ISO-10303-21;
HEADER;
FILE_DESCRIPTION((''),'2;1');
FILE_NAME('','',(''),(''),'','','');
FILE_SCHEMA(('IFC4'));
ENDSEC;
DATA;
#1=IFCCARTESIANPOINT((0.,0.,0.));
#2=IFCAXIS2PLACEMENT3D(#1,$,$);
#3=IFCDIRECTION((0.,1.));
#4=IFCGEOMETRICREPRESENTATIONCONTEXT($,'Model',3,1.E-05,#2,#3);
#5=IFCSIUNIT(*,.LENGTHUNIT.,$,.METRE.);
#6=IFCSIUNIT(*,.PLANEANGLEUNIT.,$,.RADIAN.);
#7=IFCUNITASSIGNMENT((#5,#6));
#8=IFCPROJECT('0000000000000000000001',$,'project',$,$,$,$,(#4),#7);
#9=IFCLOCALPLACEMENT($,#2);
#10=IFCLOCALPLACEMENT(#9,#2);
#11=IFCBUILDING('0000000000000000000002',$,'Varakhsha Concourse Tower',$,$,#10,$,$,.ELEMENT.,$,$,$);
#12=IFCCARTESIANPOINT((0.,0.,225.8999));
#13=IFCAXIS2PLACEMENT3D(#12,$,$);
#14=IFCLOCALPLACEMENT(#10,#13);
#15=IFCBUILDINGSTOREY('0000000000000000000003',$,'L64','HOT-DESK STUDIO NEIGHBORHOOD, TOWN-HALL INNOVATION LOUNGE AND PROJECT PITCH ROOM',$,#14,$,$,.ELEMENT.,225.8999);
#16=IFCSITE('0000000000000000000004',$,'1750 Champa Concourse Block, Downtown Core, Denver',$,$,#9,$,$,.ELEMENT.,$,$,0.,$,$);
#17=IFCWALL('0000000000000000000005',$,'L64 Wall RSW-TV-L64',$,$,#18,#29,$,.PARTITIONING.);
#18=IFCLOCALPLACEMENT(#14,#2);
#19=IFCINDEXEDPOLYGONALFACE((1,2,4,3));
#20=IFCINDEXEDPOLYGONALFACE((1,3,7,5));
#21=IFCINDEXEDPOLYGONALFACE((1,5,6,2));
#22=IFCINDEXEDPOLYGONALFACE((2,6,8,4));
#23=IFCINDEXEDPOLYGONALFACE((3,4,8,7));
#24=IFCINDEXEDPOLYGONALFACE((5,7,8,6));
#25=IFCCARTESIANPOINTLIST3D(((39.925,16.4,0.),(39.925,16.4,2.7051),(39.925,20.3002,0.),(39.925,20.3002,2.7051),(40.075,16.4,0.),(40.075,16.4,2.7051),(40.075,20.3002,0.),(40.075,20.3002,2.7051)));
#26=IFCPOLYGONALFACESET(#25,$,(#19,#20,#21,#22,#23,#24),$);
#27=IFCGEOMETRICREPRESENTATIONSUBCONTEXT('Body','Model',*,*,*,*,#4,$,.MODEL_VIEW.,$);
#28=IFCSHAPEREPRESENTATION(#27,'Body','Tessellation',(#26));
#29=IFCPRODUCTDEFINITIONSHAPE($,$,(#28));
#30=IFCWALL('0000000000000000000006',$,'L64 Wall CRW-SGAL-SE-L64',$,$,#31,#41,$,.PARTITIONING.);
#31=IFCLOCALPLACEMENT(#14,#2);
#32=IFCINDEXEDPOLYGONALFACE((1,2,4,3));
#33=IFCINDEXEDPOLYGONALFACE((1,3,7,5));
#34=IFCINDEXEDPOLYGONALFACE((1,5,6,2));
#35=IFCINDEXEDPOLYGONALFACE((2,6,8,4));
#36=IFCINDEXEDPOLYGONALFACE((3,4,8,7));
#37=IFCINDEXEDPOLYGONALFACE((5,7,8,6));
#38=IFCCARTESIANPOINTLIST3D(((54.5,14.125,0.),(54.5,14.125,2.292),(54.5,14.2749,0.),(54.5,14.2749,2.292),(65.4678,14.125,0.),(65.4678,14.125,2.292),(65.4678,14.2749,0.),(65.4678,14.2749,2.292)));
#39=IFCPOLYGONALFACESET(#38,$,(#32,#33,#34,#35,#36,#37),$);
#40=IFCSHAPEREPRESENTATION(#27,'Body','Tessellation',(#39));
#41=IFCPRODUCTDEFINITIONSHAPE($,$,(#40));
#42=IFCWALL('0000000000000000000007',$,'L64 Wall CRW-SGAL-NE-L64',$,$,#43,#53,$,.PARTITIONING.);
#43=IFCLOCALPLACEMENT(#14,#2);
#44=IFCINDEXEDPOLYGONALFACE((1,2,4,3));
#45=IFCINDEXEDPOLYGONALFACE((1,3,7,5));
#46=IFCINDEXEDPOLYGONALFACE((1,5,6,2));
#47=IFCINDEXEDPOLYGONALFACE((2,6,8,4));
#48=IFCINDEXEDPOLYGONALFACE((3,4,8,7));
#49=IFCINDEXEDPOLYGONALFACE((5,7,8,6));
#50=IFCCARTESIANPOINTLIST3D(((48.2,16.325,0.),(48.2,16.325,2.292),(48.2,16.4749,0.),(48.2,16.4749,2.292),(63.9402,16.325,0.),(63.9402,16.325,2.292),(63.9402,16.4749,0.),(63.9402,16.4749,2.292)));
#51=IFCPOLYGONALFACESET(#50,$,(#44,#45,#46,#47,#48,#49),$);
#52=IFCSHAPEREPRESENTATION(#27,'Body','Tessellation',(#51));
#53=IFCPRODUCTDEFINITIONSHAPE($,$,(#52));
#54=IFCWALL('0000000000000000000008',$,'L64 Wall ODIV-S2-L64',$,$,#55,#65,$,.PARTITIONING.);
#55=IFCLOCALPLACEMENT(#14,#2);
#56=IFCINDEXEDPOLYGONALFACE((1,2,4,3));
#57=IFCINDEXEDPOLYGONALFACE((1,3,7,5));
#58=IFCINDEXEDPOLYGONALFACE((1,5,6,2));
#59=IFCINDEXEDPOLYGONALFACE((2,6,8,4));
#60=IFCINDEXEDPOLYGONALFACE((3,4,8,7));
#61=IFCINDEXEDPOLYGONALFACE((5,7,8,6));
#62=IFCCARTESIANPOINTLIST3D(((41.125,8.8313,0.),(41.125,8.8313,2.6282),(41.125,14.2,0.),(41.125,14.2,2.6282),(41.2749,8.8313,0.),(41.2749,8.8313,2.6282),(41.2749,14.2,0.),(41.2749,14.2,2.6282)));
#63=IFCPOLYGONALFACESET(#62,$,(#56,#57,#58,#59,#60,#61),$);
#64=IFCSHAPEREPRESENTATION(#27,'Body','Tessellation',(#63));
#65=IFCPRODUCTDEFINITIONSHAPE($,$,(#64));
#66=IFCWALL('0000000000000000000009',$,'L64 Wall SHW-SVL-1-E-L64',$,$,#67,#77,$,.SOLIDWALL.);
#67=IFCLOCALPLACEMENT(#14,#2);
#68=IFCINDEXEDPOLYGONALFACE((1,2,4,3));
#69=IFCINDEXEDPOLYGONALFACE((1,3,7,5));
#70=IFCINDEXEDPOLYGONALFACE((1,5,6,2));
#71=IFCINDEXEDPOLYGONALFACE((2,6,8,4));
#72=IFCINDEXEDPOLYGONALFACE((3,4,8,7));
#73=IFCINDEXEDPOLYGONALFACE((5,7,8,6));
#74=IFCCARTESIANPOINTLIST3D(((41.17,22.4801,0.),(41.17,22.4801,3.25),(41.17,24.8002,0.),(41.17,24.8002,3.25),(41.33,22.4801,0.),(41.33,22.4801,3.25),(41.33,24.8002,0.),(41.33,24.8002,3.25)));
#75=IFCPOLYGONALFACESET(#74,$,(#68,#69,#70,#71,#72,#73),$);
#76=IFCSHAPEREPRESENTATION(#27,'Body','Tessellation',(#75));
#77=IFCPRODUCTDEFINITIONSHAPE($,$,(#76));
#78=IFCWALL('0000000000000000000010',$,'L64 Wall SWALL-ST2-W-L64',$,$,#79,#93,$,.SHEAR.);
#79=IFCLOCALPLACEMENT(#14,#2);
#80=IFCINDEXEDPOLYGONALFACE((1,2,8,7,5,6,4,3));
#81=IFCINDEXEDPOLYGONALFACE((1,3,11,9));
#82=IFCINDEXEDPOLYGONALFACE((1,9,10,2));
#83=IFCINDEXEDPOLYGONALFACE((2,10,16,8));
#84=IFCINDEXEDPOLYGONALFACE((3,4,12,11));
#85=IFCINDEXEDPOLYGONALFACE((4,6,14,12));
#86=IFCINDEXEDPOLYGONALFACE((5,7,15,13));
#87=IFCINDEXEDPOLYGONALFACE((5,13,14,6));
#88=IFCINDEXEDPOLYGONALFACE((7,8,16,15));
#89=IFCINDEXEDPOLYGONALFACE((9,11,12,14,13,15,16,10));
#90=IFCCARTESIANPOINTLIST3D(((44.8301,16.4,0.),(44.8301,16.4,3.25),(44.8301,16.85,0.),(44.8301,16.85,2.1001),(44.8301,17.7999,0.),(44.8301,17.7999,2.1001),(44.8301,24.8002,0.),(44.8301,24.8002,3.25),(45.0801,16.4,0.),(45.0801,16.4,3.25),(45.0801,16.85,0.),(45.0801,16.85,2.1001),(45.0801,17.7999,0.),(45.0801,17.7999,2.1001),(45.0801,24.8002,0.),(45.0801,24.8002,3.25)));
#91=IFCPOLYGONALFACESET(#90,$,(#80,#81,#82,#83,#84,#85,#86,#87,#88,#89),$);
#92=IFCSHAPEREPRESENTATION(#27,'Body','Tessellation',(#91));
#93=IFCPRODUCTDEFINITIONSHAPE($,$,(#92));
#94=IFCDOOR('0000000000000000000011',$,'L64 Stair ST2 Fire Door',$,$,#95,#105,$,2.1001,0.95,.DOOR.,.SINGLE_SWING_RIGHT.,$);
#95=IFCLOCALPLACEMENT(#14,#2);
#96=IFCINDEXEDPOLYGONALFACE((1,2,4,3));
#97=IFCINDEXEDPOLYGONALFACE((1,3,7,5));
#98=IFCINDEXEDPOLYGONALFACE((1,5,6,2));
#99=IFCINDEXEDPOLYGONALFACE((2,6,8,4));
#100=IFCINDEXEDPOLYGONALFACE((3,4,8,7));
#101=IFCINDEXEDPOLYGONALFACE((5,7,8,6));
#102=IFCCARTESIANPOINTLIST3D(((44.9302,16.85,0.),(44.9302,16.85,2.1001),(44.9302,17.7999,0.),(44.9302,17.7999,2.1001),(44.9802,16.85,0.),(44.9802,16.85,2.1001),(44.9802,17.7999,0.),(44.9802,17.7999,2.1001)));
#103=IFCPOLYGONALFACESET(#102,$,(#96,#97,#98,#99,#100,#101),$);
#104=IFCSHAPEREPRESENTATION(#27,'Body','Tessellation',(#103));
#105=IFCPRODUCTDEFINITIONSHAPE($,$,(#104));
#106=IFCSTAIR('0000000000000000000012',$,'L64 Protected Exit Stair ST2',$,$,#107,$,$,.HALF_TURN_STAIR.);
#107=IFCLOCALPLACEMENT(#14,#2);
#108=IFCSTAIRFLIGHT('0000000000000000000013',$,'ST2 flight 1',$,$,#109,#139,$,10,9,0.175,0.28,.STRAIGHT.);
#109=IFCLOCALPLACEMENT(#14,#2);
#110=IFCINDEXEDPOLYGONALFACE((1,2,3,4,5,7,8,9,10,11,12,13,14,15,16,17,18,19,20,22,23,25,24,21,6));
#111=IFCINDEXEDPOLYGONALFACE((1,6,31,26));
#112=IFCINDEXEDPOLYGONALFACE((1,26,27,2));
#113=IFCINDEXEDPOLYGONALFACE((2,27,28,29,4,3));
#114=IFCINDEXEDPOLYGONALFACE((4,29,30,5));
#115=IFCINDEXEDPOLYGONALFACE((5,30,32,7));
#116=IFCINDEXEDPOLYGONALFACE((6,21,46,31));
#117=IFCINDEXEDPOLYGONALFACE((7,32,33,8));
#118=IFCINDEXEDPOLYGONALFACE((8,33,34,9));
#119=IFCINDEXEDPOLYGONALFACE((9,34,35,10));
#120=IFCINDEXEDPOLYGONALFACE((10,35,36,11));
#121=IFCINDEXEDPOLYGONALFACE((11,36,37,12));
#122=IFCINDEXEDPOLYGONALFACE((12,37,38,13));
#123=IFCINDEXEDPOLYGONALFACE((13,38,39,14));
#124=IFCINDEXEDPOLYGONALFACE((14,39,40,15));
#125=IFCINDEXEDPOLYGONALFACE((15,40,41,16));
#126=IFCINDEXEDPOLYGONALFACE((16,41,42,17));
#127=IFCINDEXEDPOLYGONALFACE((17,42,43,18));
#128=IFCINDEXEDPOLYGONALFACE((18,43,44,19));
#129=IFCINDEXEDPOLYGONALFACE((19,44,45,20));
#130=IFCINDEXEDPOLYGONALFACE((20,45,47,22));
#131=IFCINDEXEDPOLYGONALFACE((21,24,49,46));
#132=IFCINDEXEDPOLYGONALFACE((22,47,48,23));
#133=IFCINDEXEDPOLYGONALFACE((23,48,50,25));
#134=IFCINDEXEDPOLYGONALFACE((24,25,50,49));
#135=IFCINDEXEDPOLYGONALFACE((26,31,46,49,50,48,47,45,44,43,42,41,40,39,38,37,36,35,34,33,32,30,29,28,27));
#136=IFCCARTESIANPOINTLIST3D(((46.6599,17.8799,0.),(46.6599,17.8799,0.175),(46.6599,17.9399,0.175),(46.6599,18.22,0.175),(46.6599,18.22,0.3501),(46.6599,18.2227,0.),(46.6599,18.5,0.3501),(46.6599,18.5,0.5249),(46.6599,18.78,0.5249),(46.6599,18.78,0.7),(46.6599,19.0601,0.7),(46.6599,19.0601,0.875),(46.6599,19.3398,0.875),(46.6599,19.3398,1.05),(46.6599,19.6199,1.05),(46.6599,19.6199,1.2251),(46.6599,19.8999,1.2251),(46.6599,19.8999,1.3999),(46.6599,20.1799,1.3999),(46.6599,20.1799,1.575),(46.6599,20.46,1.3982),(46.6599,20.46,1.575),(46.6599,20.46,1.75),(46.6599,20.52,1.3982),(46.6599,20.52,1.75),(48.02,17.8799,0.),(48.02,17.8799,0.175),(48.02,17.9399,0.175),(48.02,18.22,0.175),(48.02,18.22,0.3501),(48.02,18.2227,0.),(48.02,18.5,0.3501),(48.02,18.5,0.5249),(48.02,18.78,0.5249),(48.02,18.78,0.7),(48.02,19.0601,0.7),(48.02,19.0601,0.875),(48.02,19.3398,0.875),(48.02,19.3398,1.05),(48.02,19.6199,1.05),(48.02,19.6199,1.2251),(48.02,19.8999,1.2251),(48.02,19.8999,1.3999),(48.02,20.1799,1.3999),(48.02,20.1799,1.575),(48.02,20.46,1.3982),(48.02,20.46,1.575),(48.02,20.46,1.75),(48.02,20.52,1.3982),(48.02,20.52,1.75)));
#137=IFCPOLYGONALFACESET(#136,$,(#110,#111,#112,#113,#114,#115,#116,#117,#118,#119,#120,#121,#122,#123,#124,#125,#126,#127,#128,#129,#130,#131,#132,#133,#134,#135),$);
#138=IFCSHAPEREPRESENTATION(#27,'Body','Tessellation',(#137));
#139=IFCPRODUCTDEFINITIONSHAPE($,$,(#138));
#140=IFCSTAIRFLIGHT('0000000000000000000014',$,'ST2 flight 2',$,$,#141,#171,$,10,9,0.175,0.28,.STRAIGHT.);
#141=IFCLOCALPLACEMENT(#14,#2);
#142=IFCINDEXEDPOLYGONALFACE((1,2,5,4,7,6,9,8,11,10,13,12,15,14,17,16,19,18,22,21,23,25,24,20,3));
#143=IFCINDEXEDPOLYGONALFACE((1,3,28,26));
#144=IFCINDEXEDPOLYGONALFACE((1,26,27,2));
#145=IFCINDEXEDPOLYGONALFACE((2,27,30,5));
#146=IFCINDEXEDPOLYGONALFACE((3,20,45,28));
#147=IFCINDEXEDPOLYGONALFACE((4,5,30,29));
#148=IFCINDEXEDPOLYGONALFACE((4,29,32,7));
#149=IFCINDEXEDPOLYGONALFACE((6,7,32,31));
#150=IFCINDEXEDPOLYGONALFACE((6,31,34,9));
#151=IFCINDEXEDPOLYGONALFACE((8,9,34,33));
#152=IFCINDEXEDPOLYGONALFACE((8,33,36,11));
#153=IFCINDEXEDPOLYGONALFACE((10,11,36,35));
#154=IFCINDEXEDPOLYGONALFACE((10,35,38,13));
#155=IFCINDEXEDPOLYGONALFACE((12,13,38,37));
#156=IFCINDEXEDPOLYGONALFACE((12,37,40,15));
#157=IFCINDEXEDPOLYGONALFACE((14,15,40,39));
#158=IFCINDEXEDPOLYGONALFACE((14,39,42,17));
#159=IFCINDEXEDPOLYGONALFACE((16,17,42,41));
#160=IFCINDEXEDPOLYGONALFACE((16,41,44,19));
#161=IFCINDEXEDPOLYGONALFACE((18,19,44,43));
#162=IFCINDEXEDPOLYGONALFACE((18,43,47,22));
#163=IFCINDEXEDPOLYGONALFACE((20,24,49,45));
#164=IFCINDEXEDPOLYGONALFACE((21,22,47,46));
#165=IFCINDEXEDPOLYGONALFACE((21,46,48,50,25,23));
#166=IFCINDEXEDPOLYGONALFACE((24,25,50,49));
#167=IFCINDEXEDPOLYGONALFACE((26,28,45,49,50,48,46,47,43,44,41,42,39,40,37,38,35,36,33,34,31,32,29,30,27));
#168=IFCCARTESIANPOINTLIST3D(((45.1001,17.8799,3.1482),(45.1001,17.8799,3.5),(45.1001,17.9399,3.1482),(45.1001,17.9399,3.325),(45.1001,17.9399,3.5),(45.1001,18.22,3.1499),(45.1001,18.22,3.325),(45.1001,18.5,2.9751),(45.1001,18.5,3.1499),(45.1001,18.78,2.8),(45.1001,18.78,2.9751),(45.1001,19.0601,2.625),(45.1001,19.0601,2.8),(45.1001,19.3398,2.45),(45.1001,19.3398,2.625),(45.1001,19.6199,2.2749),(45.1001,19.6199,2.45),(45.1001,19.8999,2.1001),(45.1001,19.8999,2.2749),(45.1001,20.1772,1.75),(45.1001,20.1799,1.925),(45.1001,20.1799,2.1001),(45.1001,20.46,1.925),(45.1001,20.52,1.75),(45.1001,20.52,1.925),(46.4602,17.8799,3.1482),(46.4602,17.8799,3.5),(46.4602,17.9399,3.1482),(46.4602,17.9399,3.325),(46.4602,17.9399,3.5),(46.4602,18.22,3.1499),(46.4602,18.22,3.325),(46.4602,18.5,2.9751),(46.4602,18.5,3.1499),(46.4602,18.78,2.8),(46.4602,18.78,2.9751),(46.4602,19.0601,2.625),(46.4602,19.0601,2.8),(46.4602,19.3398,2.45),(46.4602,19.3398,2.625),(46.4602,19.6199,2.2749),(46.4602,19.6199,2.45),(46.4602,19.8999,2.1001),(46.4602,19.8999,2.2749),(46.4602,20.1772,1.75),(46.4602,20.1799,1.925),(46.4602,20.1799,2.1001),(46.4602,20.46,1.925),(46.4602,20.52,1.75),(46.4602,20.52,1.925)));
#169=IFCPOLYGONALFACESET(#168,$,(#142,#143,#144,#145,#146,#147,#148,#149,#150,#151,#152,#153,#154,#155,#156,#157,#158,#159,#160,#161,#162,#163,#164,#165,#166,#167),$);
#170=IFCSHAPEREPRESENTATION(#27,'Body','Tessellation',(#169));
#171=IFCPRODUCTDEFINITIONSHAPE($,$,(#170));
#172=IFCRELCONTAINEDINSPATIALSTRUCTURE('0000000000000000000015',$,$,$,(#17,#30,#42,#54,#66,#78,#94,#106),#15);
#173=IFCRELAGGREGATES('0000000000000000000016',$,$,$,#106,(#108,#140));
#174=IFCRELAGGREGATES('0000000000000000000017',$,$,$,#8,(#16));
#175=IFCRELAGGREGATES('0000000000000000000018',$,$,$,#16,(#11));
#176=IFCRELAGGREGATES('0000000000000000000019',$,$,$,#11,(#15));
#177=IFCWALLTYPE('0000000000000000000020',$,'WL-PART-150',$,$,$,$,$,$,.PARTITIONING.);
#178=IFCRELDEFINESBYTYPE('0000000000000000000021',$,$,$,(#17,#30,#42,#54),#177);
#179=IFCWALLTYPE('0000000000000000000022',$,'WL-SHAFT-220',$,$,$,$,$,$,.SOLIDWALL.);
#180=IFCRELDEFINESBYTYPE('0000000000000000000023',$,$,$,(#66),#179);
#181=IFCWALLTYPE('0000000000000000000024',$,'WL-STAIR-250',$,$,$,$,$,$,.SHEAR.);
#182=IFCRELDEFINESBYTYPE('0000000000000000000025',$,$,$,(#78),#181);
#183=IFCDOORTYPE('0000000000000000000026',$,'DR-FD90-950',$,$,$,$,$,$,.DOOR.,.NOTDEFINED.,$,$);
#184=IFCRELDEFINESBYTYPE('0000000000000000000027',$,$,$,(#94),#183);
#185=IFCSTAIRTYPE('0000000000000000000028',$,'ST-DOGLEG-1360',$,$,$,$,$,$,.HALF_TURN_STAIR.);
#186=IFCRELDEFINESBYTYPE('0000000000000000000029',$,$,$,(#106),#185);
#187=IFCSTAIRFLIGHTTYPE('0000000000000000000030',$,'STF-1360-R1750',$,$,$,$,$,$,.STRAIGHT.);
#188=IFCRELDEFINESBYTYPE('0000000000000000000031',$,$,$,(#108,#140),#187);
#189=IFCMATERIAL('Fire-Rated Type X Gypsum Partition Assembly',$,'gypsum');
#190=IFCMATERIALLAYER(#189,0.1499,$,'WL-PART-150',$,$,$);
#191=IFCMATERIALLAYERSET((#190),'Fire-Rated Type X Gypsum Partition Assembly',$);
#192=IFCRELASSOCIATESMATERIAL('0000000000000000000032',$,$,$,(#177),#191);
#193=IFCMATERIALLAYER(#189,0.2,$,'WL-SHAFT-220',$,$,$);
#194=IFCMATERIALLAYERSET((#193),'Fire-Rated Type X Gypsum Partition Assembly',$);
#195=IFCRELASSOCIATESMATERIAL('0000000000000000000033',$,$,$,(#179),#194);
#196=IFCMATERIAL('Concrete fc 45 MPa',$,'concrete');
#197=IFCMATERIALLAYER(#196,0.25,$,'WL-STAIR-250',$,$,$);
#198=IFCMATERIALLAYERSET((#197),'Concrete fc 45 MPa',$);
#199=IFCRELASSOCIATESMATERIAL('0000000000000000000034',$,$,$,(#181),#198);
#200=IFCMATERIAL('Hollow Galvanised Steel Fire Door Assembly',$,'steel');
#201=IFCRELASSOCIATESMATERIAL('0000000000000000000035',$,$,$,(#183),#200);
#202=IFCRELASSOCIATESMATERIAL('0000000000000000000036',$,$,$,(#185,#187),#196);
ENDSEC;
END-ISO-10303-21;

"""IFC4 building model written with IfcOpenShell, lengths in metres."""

from ifc_helpers import new_model, si_unit, direction, frame, frame_2d, origin, place, context, subcontext, project, spatial, polyline, rectangle, outline, extrude, material, layer, layer_set, type_object, element, fill, aggregate, save


model = new_model("IFC4")

# Units and contexts
model_context = context("Model", 3, precision=1e-05, world=origin(), true_north=direction((0.0, 1.0)))
body_context = subcontext(model_context, "Body", "Model", "MODEL_VIEW")
ifc_project = project(units=[si_unit("LENGTHUNIT", "METRE"), si_unit("PLANEANGLEUNIT", "RADIAN")], contexts=[model_context])

# Site, building, storey
site_placement = place(None, origin())
site = spatial("IfcSite", under=ifc_project, at=site_placement, Name="1750 Champa Concourse Block, Downtown Core, Denver", CompositionType="ELEMENT", RefElevation=0.0)
building_placement = place(site_placement, origin())
building = spatial("IfcBuilding", under=site, at=building_placement, Name="Varakhsha Concourse Tower", CompositionType="ELEMENT")
storey_placement = place(building_placement, frame((0.0, 0.0, 225.8999)))
storey = spatial("IfcBuildingStorey", under=building, at=storey_placement, Name="L64", Description="HOT-DESK STUDIO NEIGHBORHOOD, TOWN-HALL INNOVATION LOUNGE AND PROJECT PITCH ROOM", CompositionType="ELEMENT", Elevation=225.8999)

# Shared definitions
ifc_material_1 = material(Name="Fire-Rated Type X Gypsum Partition Assembly", Category="gypsum")
ifc_material_2 = material(Name="Hollow Galvanised Steel Fire Door Assembly", Category="steel")

# Walls
ifc_layer_1 = layer(ifc_material_1, 0.1499, Name="WL-PART-150")
ifc_layer_set_1 = layer_set([ifc_layer_1], Name="Fire-Rated Type X Gypsum Partition Assembly")
wall_type_1 = type_object("IfcWallType", Name="WL-PART-150", PredefinedType="PARTITIONING", material=ifc_layer_set_1)
wall_1_placement = place(storey_placement, frame((40.0, 16.3999, 0.0), z_axis=(0.0, 0.0, 1.0), x_axis=(0.0, 1.0, 0.0)))
element("IfcWall", 1, at=wall_1_placement, inside=storey, type_object=wall_type_1, Name="L64 Wall RSW-TV-L64", PredefinedType="PARTITIONING", context=body_context, shape_type="SweptSolid", body=[
    extrude(rectangle(XDim=3.9001, YDim=0.1499, at=frame_2d((1.9502, 0.0))), origin(), (0.0, 0.0, 1.0), 2.7051),
])
wall_2_placement = place(storey_placement, frame((54.5, 14.2, 0.0), z_axis=(0.0, 0.0, 1.0), x_axis=(1.0, 0.0, 0.0)))
element("IfcWall", 2, at=wall_2_placement, inside=storey, type_object=wall_type_1, Name="L64 Wall CRW-SGAL-SE-L64", PredefinedType="PARTITIONING", context=body_context, shape_type="SweptSolid", body=[
    extrude(rectangle(XDim=10.9678, YDim=0.1499, at=frame_2d((5.4839, 0.0))), origin(), (0.0, 0.0, 1.0), 2.292),
])
wall_3_placement = place(storey_placement, frame((48.2, 16.3999, 0.0), z_axis=(0.0, 0.0, 1.0), x_axis=(1.0, 0.0, 0.0)))
element("IfcWall", 3, at=wall_3_placement, inside=storey, type_object=wall_type_1, Name="L64 Wall CRW-SGAL-NE-L64", PredefinedType="PARTITIONING", context=body_context, shape_type="SweptSolid", body=[
    extrude(rectangle(XDim=15.7402, YDim=0.1499, at=frame_2d((7.8701, 0.0))), origin(), (0.0, 0.0, 1.0), 2.292),
])
wall_4_placement = place(storey_placement, frame((41.2, 8.8313, 0.0), z_axis=(0.0, 0.0, 1.0), x_axis=(0.0, 1.0, 0.0)))
element("IfcWall", 4, at=wall_4_placement, inside=storey, type_object=wall_type_1, Name="L64 Wall ODIV-S2-L64", PredefinedType="PARTITIONING", context=body_context, shape_type="SweptSolid", body=[
    extrude(rectangle(XDim=5.3687, YDim=0.1499, at=frame_2d((2.6843, 0.0))), origin(), (0.0, 0.0, 1.0), 2.6282),
])
ifc_layer_2 = layer(ifc_material_1, 0.2, Name="WL-SHAFT-220")
ifc_layer_set_2 = layer_set([ifc_layer_2], Name="Fire-Rated Type X Gypsum Partition Assembly")
wall_type_2 = type_object("IfcWallType", Name="WL-SHAFT-220", PredefinedType="SOLIDWALL", material=ifc_layer_set_2)
wall_5_placement = place(storey_placement, frame((41.25, 22.48, 0.0), z_axis=(0.0, 0.0, 1.0), x_axis=(0.0, 1.0, 0.0)))
element("IfcWall", 5, at=wall_5_placement, inside=storey, type_object=wall_type_2, Name="L64 Wall SHW-SVL-1-E-L64", PredefinedType="SOLIDWALL", context=body_context, shape_type="SweptSolid", body=[
    extrude(rectangle(XDim=2.3201, YDim=0.1599, at=frame_2d((1.1602, 0.0))), origin(), (0.0, 0.0, 1.0), 3.25),
])

# Wall, opening, door
ifc_material_3 = material(Name="Concrete fc 45 MPa", Category="concrete")
ifc_layer_3 = layer(ifc_material_3, 0.25, Name="WL-STAIR-250")
ifc_layer_set_3 = layer_set([ifc_layer_3], Name="Concrete fc 45 MPa")
wall_type_3 = type_object("IfcWallType", Name="WL-STAIR-250", PredefinedType="SHEAR", material=ifc_layer_set_3)
wall_6_placement = place(storey_placement, frame((44.9551, 16.3999, 0.0), z_axis=(0.0, 0.0, 1.0), x_axis=(0.0, 1.0, 0.0)))
wall_6 = element("IfcWall", 6, at=wall_6_placement, inside=storey, type_object=wall_type_3, Name="L64 Wall SWALL-ST2-W-L64", PredefinedType="SHEAR", context=body_context, shape_type="SweptSolid", body=[
    extrude(rectangle(XDim=8.4001, YDim=0.25, at=frame_2d((4.2002, 0.0))), origin(), (0.0, 0.0, 1.0), 3.25),
])
opening_1_placement = place(wall_6_placement, frame((0.45, 0.0, 0.0)))
opening_1 = element("IfcOpeningElement", 7, at=opening_1_placement, cuts=wall_6, PredefinedType="OPENING", context=body_context, shape_type="SweptSolid", body=[
    extrude(rectangle(XDim=0.95, YDim=2.1001, at=frame_2d((0.4751, 1.05))), frame((0.0, 0.135, 0.0), z_axis=(0.0, -1.0, 0.0), x_axis=(1.0, 0.0, 0.0)), (0.0, 0.0, 1.0), 0.27),
])
door_type_1 = type_object("IfcDoorType", Name="DR-FD90-950", OperationType="NOTDEFINED", PredefinedType="DOOR", material=ifc_material_2)
door_1_placement = place(opening_1_placement, origin())
door_1 = element("IfcDoor", 8, at=door_1_placement, inside=storey, type_object=door_type_1, Name="L64 Stair ST2 Fire Door", OperationType="SINGLE_SWING_RIGHT", OverallHeight=2.1001, OverallWidth=0.95, PredefinedType="DOOR", context=body_context, shape_type="SweptSolid", body=[
    extrude(rectangle(XDim=0.95, YDim=2.1001, at=frame_2d((0.4751, 1.05))), frame((0.0, 0.0249, 0.0), z_axis=(0.0, -1.0, 0.0), x_axis=(1.0, 0.0, 0.0)), (0.0, 0.0, 1.0), 0.05),
])
fill(opening_1, door_1)

# Stair, stair flights
stair_type = type_object("IfcStairType", Name="ST-DOGLEG-1360", PredefinedType="HALF_TURN_STAIR", material=ifc_material_3)
stair_placement = place(storey_placement, origin())
stair = element("IfcStair", 9, at=stair_placement, inside=storey, type_object=stair_type, Name="L64 Protected Exit Stair ST2", PredefinedType="HALF_TURN_STAIR")
stair_flight_type = type_object("IfcStairFlightType", Name="STF-1360-R1750", PredefinedType="STRAIGHT", material=ifc_material_3)
stair_flight_1_placement = place(storey_placement, frame((47.3401, 17.9399, 0.0), z_axis=(0.0, 0.0, 1.0), x_axis=(0.0, 1.0, 0.0)))
stair_flight_1 = element("IfcStairFlight", 10, at=stair_flight_1_placement, type_object=stair_flight_type, Name="ST2 flight 1", NumberOfRisers=10, NumberOfTreads=9, PredefinedType="STRAIGHT", RiserHeight=0.175, TreadLength=0.28, context=body_context, shape_type="SweptSolid", body=[
    extrude(outline(polyline([(-0.0601, 0.0), (-0.0601, 0.175), (0.0, 0.175), (0.28, 0.175), (0.28, 0.3501), (0.5601, 0.3501), (0.5601, 0.5249), (0.8401, 0.5249), (0.8401, 0.7), (1.1201, 0.7), (1.1201, 0.875), (1.3999, 0.875), (1.3999, 1.05), (1.6799, 1.05), (1.6799, 1.2251), (1.96, 1.2251), (1.96, 1.3999), (2.24, 1.3999), (2.24, 1.575), (2.52, 1.575), (2.52, 1.75), (2.5801, 1.75), (2.5801, 1.3982), (2.52, 1.3982), (0.2827, 0.0), (-0.0601, 0.0)])), frame((0.0, 0.6802, 0.0), z_axis=(0.0, -1.0, 0.0), x_axis=(1.0, 0.0, 0.0)), (0.0, 0.0, 1.0), 1.3601),
])
stair_flight_2_placement = place(storey_placement, frame((45.78, 20.46, 1.75), z_axis=(0.0, 0.0, 1.0), x_axis=(0.0, -1.0, 0.0)))
stair_flight_2 = element("IfcStairFlight", 11, at=stair_flight_2_placement, type_object=stair_flight_type, Name="ST2 flight 2", NumberOfRisers=10, NumberOfTreads=9, PredefinedType="STRAIGHT", RiserHeight=0.175, TreadLength=0.28, context=body_context, shape_type="SweptSolid", body=[
    extrude(outline(polyline([(-0.0601, 0.0), (-0.0601, 0.175), (0.0, 0.175), (0.28, 0.175), (0.28, 0.3501), (0.5601, 0.3501), (0.5601, 0.5249), (0.8401, 0.5249), (0.8401, 0.7), (1.1201, 0.7), (1.1201, 0.875), (1.3999, 0.875), (1.3999, 1.05), (1.6799, 1.05), (1.6799, 1.2251), (1.96, 1.2251), (1.96, 1.3999), (2.24, 1.3999), (2.24, 1.575), (2.52, 1.575), (2.52, 1.75), (2.5801, 1.75), (2.5801, 1.3982), (2.52, 1.3982), (0.2827, 0.0), (-0.0601, 0.0)])), frame((0.0, 0.6802, 0.0), z_axis=(0.0, -1.0, 0.0), x_axis=(1.0, 0.0, 0.0)), (0.0, 0.0, 1.0), 1.3601),
])
aggregate(stair, [stair_flight_1, stair_flight_2])

save(model, "model.ifc")
